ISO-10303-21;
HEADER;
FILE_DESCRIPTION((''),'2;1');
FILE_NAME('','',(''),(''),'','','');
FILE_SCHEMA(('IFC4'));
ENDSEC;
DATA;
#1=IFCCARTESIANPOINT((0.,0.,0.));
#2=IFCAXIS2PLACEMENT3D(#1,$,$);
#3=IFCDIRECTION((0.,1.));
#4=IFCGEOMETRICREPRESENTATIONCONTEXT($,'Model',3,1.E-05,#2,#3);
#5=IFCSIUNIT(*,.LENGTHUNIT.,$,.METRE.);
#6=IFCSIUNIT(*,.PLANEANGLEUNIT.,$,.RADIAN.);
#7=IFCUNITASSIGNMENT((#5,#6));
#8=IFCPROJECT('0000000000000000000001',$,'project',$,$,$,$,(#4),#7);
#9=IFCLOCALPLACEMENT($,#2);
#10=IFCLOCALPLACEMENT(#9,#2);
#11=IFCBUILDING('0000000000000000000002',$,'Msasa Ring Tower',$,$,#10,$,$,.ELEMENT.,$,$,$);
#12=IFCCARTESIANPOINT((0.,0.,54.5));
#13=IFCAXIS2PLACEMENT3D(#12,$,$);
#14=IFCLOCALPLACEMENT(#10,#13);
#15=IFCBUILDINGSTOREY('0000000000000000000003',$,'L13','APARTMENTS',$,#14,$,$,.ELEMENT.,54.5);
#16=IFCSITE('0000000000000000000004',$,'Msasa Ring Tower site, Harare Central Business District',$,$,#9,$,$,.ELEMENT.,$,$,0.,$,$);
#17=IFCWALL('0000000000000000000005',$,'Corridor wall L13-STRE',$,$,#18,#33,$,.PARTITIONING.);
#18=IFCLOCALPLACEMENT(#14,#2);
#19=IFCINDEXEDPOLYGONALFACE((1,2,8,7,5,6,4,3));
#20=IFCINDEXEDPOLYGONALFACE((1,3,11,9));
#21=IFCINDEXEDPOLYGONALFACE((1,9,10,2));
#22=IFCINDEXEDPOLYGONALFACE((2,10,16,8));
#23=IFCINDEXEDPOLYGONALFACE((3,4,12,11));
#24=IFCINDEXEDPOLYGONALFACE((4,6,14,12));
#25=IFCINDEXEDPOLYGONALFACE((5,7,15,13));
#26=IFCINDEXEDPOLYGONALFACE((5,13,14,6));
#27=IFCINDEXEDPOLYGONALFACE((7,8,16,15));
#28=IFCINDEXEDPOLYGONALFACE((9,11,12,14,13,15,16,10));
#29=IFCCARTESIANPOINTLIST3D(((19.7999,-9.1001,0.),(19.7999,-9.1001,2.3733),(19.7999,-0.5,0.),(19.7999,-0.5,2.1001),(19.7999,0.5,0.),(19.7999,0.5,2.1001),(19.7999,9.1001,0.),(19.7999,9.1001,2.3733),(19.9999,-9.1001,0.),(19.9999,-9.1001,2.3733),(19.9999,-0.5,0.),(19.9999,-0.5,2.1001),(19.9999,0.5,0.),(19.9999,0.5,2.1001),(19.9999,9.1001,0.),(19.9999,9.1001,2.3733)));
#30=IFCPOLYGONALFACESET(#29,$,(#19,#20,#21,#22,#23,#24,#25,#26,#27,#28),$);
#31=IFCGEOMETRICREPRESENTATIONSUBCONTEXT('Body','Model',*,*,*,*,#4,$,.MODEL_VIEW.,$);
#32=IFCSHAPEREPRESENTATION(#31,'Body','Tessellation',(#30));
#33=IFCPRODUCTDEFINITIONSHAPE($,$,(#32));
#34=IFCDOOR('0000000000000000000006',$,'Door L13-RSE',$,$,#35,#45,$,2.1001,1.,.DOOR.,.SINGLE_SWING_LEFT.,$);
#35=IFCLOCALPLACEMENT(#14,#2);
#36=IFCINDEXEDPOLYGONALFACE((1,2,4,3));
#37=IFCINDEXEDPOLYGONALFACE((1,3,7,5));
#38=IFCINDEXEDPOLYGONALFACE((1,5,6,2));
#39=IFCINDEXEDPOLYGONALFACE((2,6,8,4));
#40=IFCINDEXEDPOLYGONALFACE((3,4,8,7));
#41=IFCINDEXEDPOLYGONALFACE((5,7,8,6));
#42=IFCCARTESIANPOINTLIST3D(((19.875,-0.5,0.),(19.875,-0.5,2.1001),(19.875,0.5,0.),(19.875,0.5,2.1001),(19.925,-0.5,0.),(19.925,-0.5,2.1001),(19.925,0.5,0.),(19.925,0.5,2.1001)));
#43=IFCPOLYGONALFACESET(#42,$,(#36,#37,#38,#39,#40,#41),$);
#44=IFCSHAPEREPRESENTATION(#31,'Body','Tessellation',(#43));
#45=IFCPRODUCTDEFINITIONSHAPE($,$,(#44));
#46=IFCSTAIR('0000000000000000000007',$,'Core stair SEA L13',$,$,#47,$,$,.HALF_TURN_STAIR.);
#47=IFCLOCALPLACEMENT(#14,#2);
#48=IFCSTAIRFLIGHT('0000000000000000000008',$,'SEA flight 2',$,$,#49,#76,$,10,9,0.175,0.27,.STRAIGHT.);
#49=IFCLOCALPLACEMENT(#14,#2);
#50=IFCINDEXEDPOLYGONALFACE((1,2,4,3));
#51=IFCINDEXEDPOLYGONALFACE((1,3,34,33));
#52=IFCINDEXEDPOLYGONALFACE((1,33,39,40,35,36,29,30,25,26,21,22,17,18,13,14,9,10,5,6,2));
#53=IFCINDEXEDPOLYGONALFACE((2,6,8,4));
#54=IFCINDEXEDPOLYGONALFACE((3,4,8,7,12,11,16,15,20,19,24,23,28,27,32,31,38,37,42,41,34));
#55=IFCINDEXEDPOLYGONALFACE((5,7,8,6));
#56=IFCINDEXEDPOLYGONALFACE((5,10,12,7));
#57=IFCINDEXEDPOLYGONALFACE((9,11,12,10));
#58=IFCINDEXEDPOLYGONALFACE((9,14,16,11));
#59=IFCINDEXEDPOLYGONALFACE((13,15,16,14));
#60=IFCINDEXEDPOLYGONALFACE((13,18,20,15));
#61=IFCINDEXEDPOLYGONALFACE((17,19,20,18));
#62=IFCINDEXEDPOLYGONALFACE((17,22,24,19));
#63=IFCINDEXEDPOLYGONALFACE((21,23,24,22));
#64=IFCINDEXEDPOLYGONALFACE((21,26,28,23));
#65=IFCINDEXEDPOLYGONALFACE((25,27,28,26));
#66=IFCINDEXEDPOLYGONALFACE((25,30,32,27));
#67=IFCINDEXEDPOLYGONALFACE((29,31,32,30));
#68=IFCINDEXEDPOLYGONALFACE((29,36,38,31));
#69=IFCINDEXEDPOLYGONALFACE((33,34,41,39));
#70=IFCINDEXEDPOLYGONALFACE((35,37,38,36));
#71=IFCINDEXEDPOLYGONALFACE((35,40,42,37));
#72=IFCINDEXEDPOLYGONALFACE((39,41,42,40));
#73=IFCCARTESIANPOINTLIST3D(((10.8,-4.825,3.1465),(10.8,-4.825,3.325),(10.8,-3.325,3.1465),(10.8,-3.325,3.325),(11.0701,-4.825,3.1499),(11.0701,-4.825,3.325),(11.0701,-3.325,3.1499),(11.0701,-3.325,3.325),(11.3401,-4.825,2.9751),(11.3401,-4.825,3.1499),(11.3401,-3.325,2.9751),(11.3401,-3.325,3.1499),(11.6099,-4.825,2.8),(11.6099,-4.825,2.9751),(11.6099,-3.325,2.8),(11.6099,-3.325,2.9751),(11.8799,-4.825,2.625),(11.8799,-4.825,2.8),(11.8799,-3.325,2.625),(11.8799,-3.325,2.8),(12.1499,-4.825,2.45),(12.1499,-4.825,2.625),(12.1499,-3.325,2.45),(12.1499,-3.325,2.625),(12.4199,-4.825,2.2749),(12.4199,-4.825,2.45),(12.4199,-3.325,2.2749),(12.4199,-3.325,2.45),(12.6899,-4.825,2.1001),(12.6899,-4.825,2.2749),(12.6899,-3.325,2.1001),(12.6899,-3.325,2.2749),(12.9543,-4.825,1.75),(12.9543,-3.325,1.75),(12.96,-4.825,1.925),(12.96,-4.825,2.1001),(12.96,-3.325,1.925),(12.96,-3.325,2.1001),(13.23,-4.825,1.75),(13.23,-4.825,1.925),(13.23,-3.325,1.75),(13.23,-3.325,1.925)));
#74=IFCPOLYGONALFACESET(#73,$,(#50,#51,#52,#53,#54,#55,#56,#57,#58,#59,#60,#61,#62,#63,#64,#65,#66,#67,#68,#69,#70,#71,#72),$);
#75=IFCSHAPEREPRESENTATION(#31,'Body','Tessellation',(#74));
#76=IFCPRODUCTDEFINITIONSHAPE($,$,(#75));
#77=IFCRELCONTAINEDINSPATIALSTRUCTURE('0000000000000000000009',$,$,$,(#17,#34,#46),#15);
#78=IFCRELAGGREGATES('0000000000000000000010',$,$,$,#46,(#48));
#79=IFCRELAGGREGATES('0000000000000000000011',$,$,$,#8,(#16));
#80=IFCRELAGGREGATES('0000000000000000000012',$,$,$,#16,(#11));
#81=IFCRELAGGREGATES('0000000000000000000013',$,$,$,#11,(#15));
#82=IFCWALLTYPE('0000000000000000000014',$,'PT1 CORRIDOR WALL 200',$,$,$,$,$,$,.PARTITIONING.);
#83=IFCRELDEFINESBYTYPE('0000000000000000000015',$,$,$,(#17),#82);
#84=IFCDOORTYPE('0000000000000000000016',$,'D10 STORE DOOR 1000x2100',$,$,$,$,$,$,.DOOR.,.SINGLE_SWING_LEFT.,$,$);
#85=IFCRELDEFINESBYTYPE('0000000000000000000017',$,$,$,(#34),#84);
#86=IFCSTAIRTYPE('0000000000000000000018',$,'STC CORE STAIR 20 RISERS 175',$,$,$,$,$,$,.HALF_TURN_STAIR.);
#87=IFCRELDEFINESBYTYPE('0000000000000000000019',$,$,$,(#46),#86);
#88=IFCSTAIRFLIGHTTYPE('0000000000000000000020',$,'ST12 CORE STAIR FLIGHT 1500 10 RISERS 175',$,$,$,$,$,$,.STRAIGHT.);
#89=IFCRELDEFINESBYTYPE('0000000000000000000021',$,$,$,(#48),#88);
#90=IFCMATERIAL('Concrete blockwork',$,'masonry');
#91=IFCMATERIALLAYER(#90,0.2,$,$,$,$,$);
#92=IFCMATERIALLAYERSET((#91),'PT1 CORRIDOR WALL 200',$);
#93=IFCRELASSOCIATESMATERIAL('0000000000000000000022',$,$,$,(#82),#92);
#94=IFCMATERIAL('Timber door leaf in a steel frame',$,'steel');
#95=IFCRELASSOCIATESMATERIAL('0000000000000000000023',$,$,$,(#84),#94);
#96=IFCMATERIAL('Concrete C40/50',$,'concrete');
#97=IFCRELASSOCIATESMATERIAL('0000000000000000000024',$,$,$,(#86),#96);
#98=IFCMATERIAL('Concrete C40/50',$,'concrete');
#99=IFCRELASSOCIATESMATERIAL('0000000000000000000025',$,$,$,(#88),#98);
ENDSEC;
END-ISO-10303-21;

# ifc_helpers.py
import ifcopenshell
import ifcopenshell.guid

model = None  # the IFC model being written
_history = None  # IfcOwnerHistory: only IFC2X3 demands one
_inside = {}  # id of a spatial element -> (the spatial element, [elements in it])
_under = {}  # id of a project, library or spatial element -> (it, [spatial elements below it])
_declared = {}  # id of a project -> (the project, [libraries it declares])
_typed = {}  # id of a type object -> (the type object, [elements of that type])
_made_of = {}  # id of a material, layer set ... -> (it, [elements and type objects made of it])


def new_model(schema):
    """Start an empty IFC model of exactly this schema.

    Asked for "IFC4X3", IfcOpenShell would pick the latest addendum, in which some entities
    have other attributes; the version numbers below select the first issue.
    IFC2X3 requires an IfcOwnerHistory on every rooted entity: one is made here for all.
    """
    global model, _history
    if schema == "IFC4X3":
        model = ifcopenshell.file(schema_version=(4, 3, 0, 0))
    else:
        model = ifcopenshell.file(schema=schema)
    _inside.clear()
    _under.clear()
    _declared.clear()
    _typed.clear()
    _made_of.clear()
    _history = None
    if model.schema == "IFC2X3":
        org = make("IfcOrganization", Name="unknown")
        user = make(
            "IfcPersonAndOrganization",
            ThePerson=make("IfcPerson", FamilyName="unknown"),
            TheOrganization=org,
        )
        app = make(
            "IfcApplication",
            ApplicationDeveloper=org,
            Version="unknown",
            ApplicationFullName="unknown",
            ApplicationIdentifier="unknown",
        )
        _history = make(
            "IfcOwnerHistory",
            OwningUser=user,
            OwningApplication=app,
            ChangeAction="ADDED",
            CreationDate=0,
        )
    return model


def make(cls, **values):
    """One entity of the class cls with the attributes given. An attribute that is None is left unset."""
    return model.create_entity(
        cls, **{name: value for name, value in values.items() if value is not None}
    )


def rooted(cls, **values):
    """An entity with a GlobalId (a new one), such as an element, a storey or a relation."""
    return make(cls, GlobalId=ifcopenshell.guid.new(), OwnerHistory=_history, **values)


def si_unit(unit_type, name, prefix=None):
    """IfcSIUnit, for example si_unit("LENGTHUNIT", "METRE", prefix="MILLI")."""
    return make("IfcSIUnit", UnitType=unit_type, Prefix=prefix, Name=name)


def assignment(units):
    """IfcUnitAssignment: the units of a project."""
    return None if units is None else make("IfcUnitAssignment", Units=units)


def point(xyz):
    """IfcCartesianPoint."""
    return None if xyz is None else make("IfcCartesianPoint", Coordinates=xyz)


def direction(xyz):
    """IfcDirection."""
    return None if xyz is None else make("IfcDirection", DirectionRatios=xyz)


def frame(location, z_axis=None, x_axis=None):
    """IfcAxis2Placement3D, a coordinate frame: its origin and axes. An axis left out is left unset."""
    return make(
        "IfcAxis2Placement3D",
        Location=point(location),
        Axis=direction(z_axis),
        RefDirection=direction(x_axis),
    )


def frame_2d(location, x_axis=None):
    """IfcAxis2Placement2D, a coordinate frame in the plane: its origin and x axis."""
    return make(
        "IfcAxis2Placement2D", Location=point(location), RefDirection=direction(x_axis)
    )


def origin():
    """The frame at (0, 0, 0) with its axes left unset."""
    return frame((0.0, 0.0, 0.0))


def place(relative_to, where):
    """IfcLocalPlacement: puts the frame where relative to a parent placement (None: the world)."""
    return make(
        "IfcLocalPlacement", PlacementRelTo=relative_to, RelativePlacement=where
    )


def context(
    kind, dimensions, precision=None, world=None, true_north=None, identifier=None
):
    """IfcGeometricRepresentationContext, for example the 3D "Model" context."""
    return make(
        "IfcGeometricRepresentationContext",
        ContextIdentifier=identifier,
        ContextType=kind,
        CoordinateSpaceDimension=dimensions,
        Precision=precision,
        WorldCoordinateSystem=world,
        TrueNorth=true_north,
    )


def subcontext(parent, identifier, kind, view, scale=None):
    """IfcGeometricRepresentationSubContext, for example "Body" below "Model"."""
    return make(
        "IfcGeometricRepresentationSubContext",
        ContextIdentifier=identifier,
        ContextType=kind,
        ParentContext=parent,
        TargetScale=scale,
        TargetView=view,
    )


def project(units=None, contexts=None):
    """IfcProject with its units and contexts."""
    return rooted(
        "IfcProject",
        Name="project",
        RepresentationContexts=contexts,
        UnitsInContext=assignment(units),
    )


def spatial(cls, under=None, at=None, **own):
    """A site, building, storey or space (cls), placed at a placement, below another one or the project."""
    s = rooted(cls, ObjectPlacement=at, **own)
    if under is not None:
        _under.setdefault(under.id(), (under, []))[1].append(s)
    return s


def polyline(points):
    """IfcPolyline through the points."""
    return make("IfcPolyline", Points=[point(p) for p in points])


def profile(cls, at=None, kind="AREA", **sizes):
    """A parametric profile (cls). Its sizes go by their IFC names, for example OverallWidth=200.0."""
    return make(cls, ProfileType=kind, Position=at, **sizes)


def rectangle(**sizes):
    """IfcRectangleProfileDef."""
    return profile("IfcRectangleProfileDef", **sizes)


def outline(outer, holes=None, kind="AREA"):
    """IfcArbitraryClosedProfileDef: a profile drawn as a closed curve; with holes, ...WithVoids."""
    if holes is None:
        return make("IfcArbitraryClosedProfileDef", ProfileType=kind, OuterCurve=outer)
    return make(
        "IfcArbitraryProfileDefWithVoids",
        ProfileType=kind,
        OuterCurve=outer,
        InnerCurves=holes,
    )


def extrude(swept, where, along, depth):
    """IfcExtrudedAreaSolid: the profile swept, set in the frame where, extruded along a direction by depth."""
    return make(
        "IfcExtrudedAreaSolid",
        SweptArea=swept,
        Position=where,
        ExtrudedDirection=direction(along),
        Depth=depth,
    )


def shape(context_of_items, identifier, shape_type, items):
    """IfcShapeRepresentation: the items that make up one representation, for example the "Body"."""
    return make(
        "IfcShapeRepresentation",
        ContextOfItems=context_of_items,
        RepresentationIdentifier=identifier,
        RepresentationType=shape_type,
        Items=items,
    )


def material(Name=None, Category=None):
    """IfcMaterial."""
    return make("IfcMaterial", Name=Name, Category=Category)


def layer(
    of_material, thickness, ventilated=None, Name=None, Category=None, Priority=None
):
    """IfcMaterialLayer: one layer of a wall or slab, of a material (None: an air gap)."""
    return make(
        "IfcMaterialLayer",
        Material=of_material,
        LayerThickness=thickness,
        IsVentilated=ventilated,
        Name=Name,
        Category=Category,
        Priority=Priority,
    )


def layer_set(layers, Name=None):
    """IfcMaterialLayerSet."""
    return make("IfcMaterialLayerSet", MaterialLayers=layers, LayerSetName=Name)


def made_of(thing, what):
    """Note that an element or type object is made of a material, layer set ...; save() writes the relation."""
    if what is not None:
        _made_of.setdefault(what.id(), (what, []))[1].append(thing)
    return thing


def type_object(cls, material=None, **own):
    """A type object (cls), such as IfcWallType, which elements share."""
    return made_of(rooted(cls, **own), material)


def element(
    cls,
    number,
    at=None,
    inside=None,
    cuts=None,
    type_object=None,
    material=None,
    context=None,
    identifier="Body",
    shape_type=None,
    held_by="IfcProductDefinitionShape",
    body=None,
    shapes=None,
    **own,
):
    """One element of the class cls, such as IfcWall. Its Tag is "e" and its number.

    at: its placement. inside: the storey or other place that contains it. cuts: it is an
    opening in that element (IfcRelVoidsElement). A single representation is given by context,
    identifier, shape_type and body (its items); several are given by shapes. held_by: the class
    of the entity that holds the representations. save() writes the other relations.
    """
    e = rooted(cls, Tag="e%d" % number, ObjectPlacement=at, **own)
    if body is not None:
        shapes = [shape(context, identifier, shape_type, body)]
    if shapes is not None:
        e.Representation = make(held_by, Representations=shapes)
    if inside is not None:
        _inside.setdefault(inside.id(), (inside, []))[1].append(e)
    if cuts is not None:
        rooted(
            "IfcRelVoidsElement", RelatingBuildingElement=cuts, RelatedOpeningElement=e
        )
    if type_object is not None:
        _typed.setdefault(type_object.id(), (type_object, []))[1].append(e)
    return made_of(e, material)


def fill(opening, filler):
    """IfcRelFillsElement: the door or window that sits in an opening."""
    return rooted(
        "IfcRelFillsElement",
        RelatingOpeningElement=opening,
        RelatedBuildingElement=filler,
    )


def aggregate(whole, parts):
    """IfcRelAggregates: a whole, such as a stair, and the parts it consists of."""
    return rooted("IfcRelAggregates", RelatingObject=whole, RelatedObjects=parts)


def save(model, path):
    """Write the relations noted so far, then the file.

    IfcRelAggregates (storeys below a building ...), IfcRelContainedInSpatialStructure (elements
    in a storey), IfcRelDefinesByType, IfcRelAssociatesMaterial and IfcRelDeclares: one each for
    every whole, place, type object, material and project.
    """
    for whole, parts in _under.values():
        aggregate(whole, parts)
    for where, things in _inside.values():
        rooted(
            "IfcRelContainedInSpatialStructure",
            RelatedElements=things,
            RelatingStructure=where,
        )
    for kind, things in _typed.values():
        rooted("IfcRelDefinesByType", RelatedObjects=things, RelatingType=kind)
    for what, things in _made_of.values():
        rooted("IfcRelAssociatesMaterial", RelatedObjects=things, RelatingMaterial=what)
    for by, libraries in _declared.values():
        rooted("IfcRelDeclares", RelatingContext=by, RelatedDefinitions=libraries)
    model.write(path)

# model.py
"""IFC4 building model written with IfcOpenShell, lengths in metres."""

from ifc_helpers import new_model, si_unit, direction, frame, frame_2d, origin, place, context, subcontext, project, spatial, polyline, rectangle, outline, extrude, material, layer, layer_set, type_object, element, fill, aggregate, save


model = new_model("IFC4")

# Units and contexts
model_context = context("Model", 3, precision=1e-05, world=origin(), true_north=direction((0.0, 1.0)))
body_context = subcontext(model_context, "Body", "Model", "MODEL_VIEW")
ifc_project = project(units=[si_unit("LENGTHUNIT", "METRE"), si_unit("PLANEANGLEUNIT", "RADIAN")], contexts=[model_context])

# Site, building, storey
site_placement = place(None, origin())
site = spatial("IfcSite", under=ifc_project, at=site_placement, Name="Msasa Ring Tower site, Harare Central Business District", CompositionType="ELEMENT", RefElevation=0.0)
building_placement = place(site_placement, origin())
building = spatial("IfcBuilding", under=site, at=building_placement, Name="Msasa Ring Tower", CompositionType="ELEMENT")
storey_placement = place(building_placement, frame((0.0, 0.0, 54.5)))
storey = spatial("IfcBuildingStorey", under=building, at=storey_placement, Name="L13", Description="APARTMENTS", CompositionType="ELEMENT", Elevation=54.5)

# Wall, opening, door
ifc_material_1 = material(Name="Concrete blockwork", Category="masonry")
ifc_layer_1 = layer(ifc_material_1, 0.2)
ifc_layer_set_1 = layer_set([ifc_layer_1], Name="PT1 CORRIDOR WALL 200")
wall_type_1 = type_object("IfcWallType", Name="PT1 CORRIDOR WALL 200", PredefinedType="PARTITIONING", material=ifc_layer_set_1)
wall_1_placement = place(storey_placement, frame((19.8999, -9.1001, 0.0), z_axis=(0.0, 0.0, 1.0), x_axis=(0.0, 1.0, 0.0)))
wall_1 = element("IfcWall", 1, at=wall_1_placement, inside=storey, type_object=wall_type_1, Name="Corridor wall L13-STRE", PredefinedType="PARTITIONING", context=body_context, shape_type="SweptSolid", body=[
    extrude(rectangle(XDim=18.2002, YDim=0.2, at=frame_2d((9.1001, 0.0))), origin(), (0.0, 0.0, 1.0), 2.3733),
])
opening_1_placement = place(wall_1_placement, frame((8.6001, 0.0, 0.0)))
opening_1 = element("IfcOpeningElement", 2, at=opening_1_placement, cuts=wall_1, PredefinedType="OPENING", context=body_context, shape_type="SweptSolid", body=[
    extrude(rectangle(XDim=1.0, YDim=2.1001, at=frame_2d((0.5, 1.05))), frame((0.0, 0.1099, 0.0), z_axis=(0.0, -1.0, 0.0), x_axis=(1.0, 0.0, 0.0)), (0.0, 0.0, 1.0), 0.22),
])
ifc_material_2 = material(Name="Timber door leaf in a steel frame", Category="steel")
door_type = type_object("IfcDoorType", Name="D10 STORE DOOR 1000x2100", OperationType="SINGLE_SWING_LEFT", PredefinedType="DOOR", material=ifc_material_2)
door_placement = place(opening_1_placement, origin())
door = element("IfcDoor", 3, at=door_placement, inside=storey, type_object=door_type, Name="Door L13-RSE", OperationType="SINGLE_SWING_LEFT", OverallHeight=2.1001, OverallWidth=1.0, PredefinedType="DOOR", context=body_context, shape_type="SweptSolid", body=[
    extrude(rectangle(XDim=1.0, YDim=2.1001, at=frame_2d((0.5, 1.05))), frame((0.0, 0.0249, 0.0), z_axis=(0.0, -1.0, 0.0), x_axis=(1.0, 0.0, 0.0)), (0.0, 0.0, 1.0), 0.05),
])
fill(opening_1, door)

# Stair, stair flight
ifc_material_3 = material(Name="Concrete C40/50", Category="concrete")
stair_type = type_object("IfcStairType", Name="STC CORE STAIR 20 RISERS 175", PredefinedType="HALF_TURN_STAIR", material=ifc_material_3)
stair_placement = place(storey_placement, origin())
stair = element("IfcStair", 4, at=stair_placement, inside=storey, type_object=stair_type, Name="Core stair SEA L13", PredefinedType="HALF_TURN_STAIR")
ifc_material_4 = material(Name="Concrete C40/50", Category="concrete")
stair_flight_type = type_object("IfcStairFlightType", Name="ST12 CORE STAIR FLIGHT 1500 10 RISERS 175", PredefinedType="STRAIGHT", material=ifc_material_4)
stair_flight_placement = place(storey_placement, frame((13.23, -4.075, 1.75), z_axis=(0.0, 0.0, 1.0), x_axis=(-1.0, 0.0, 0.0)))
stair_flight = element("IfcStairFlight", 5, at=stair_flight_placement, type_object=stair_flight_type, Name="SEA flight 2", NumberOfRisers=10, NumberOfTreads=9, PredefinedType="STRAIGHT", RiserHeight=0.175, TreadLength=0.27, context=body_context, shape_type="SweptSolid", body=[
    extrude(outline(polyline([(0.0, 0.0), (0.0, 0.175), (0.27, 0.175), (0.27, 0.3501), (0.54, 0.3501), (0.54, 0.5249), (0.8101, 0.5249), (0.8101, 0.7), (1.0801, 0.7), (1.0801, 0.875), (1.3501, 0.875), (1.3501, 1.05), (1.6201, 1.05), (1.6201, 1.2251), (1.8899, 1.2251), (1.8899, 1.3999), (2.1599, 1.3999), (2.1599, 1.575), (2.4299, 1.575), (2.4299, 1.75), (2.4299, 1.3965), (0.2756, 0.0), (0.0, 0.0)])), frame((0.0, 0.75, 0.0), z_axis=(0.0, -1.0, 0.0), x_axis=(1.0, 0.0, 0.0)), (0.0, 0.0, 1.0), 1.5),
])
aggregate(stair, [stair_flight])

save(model, "model.ifc")
